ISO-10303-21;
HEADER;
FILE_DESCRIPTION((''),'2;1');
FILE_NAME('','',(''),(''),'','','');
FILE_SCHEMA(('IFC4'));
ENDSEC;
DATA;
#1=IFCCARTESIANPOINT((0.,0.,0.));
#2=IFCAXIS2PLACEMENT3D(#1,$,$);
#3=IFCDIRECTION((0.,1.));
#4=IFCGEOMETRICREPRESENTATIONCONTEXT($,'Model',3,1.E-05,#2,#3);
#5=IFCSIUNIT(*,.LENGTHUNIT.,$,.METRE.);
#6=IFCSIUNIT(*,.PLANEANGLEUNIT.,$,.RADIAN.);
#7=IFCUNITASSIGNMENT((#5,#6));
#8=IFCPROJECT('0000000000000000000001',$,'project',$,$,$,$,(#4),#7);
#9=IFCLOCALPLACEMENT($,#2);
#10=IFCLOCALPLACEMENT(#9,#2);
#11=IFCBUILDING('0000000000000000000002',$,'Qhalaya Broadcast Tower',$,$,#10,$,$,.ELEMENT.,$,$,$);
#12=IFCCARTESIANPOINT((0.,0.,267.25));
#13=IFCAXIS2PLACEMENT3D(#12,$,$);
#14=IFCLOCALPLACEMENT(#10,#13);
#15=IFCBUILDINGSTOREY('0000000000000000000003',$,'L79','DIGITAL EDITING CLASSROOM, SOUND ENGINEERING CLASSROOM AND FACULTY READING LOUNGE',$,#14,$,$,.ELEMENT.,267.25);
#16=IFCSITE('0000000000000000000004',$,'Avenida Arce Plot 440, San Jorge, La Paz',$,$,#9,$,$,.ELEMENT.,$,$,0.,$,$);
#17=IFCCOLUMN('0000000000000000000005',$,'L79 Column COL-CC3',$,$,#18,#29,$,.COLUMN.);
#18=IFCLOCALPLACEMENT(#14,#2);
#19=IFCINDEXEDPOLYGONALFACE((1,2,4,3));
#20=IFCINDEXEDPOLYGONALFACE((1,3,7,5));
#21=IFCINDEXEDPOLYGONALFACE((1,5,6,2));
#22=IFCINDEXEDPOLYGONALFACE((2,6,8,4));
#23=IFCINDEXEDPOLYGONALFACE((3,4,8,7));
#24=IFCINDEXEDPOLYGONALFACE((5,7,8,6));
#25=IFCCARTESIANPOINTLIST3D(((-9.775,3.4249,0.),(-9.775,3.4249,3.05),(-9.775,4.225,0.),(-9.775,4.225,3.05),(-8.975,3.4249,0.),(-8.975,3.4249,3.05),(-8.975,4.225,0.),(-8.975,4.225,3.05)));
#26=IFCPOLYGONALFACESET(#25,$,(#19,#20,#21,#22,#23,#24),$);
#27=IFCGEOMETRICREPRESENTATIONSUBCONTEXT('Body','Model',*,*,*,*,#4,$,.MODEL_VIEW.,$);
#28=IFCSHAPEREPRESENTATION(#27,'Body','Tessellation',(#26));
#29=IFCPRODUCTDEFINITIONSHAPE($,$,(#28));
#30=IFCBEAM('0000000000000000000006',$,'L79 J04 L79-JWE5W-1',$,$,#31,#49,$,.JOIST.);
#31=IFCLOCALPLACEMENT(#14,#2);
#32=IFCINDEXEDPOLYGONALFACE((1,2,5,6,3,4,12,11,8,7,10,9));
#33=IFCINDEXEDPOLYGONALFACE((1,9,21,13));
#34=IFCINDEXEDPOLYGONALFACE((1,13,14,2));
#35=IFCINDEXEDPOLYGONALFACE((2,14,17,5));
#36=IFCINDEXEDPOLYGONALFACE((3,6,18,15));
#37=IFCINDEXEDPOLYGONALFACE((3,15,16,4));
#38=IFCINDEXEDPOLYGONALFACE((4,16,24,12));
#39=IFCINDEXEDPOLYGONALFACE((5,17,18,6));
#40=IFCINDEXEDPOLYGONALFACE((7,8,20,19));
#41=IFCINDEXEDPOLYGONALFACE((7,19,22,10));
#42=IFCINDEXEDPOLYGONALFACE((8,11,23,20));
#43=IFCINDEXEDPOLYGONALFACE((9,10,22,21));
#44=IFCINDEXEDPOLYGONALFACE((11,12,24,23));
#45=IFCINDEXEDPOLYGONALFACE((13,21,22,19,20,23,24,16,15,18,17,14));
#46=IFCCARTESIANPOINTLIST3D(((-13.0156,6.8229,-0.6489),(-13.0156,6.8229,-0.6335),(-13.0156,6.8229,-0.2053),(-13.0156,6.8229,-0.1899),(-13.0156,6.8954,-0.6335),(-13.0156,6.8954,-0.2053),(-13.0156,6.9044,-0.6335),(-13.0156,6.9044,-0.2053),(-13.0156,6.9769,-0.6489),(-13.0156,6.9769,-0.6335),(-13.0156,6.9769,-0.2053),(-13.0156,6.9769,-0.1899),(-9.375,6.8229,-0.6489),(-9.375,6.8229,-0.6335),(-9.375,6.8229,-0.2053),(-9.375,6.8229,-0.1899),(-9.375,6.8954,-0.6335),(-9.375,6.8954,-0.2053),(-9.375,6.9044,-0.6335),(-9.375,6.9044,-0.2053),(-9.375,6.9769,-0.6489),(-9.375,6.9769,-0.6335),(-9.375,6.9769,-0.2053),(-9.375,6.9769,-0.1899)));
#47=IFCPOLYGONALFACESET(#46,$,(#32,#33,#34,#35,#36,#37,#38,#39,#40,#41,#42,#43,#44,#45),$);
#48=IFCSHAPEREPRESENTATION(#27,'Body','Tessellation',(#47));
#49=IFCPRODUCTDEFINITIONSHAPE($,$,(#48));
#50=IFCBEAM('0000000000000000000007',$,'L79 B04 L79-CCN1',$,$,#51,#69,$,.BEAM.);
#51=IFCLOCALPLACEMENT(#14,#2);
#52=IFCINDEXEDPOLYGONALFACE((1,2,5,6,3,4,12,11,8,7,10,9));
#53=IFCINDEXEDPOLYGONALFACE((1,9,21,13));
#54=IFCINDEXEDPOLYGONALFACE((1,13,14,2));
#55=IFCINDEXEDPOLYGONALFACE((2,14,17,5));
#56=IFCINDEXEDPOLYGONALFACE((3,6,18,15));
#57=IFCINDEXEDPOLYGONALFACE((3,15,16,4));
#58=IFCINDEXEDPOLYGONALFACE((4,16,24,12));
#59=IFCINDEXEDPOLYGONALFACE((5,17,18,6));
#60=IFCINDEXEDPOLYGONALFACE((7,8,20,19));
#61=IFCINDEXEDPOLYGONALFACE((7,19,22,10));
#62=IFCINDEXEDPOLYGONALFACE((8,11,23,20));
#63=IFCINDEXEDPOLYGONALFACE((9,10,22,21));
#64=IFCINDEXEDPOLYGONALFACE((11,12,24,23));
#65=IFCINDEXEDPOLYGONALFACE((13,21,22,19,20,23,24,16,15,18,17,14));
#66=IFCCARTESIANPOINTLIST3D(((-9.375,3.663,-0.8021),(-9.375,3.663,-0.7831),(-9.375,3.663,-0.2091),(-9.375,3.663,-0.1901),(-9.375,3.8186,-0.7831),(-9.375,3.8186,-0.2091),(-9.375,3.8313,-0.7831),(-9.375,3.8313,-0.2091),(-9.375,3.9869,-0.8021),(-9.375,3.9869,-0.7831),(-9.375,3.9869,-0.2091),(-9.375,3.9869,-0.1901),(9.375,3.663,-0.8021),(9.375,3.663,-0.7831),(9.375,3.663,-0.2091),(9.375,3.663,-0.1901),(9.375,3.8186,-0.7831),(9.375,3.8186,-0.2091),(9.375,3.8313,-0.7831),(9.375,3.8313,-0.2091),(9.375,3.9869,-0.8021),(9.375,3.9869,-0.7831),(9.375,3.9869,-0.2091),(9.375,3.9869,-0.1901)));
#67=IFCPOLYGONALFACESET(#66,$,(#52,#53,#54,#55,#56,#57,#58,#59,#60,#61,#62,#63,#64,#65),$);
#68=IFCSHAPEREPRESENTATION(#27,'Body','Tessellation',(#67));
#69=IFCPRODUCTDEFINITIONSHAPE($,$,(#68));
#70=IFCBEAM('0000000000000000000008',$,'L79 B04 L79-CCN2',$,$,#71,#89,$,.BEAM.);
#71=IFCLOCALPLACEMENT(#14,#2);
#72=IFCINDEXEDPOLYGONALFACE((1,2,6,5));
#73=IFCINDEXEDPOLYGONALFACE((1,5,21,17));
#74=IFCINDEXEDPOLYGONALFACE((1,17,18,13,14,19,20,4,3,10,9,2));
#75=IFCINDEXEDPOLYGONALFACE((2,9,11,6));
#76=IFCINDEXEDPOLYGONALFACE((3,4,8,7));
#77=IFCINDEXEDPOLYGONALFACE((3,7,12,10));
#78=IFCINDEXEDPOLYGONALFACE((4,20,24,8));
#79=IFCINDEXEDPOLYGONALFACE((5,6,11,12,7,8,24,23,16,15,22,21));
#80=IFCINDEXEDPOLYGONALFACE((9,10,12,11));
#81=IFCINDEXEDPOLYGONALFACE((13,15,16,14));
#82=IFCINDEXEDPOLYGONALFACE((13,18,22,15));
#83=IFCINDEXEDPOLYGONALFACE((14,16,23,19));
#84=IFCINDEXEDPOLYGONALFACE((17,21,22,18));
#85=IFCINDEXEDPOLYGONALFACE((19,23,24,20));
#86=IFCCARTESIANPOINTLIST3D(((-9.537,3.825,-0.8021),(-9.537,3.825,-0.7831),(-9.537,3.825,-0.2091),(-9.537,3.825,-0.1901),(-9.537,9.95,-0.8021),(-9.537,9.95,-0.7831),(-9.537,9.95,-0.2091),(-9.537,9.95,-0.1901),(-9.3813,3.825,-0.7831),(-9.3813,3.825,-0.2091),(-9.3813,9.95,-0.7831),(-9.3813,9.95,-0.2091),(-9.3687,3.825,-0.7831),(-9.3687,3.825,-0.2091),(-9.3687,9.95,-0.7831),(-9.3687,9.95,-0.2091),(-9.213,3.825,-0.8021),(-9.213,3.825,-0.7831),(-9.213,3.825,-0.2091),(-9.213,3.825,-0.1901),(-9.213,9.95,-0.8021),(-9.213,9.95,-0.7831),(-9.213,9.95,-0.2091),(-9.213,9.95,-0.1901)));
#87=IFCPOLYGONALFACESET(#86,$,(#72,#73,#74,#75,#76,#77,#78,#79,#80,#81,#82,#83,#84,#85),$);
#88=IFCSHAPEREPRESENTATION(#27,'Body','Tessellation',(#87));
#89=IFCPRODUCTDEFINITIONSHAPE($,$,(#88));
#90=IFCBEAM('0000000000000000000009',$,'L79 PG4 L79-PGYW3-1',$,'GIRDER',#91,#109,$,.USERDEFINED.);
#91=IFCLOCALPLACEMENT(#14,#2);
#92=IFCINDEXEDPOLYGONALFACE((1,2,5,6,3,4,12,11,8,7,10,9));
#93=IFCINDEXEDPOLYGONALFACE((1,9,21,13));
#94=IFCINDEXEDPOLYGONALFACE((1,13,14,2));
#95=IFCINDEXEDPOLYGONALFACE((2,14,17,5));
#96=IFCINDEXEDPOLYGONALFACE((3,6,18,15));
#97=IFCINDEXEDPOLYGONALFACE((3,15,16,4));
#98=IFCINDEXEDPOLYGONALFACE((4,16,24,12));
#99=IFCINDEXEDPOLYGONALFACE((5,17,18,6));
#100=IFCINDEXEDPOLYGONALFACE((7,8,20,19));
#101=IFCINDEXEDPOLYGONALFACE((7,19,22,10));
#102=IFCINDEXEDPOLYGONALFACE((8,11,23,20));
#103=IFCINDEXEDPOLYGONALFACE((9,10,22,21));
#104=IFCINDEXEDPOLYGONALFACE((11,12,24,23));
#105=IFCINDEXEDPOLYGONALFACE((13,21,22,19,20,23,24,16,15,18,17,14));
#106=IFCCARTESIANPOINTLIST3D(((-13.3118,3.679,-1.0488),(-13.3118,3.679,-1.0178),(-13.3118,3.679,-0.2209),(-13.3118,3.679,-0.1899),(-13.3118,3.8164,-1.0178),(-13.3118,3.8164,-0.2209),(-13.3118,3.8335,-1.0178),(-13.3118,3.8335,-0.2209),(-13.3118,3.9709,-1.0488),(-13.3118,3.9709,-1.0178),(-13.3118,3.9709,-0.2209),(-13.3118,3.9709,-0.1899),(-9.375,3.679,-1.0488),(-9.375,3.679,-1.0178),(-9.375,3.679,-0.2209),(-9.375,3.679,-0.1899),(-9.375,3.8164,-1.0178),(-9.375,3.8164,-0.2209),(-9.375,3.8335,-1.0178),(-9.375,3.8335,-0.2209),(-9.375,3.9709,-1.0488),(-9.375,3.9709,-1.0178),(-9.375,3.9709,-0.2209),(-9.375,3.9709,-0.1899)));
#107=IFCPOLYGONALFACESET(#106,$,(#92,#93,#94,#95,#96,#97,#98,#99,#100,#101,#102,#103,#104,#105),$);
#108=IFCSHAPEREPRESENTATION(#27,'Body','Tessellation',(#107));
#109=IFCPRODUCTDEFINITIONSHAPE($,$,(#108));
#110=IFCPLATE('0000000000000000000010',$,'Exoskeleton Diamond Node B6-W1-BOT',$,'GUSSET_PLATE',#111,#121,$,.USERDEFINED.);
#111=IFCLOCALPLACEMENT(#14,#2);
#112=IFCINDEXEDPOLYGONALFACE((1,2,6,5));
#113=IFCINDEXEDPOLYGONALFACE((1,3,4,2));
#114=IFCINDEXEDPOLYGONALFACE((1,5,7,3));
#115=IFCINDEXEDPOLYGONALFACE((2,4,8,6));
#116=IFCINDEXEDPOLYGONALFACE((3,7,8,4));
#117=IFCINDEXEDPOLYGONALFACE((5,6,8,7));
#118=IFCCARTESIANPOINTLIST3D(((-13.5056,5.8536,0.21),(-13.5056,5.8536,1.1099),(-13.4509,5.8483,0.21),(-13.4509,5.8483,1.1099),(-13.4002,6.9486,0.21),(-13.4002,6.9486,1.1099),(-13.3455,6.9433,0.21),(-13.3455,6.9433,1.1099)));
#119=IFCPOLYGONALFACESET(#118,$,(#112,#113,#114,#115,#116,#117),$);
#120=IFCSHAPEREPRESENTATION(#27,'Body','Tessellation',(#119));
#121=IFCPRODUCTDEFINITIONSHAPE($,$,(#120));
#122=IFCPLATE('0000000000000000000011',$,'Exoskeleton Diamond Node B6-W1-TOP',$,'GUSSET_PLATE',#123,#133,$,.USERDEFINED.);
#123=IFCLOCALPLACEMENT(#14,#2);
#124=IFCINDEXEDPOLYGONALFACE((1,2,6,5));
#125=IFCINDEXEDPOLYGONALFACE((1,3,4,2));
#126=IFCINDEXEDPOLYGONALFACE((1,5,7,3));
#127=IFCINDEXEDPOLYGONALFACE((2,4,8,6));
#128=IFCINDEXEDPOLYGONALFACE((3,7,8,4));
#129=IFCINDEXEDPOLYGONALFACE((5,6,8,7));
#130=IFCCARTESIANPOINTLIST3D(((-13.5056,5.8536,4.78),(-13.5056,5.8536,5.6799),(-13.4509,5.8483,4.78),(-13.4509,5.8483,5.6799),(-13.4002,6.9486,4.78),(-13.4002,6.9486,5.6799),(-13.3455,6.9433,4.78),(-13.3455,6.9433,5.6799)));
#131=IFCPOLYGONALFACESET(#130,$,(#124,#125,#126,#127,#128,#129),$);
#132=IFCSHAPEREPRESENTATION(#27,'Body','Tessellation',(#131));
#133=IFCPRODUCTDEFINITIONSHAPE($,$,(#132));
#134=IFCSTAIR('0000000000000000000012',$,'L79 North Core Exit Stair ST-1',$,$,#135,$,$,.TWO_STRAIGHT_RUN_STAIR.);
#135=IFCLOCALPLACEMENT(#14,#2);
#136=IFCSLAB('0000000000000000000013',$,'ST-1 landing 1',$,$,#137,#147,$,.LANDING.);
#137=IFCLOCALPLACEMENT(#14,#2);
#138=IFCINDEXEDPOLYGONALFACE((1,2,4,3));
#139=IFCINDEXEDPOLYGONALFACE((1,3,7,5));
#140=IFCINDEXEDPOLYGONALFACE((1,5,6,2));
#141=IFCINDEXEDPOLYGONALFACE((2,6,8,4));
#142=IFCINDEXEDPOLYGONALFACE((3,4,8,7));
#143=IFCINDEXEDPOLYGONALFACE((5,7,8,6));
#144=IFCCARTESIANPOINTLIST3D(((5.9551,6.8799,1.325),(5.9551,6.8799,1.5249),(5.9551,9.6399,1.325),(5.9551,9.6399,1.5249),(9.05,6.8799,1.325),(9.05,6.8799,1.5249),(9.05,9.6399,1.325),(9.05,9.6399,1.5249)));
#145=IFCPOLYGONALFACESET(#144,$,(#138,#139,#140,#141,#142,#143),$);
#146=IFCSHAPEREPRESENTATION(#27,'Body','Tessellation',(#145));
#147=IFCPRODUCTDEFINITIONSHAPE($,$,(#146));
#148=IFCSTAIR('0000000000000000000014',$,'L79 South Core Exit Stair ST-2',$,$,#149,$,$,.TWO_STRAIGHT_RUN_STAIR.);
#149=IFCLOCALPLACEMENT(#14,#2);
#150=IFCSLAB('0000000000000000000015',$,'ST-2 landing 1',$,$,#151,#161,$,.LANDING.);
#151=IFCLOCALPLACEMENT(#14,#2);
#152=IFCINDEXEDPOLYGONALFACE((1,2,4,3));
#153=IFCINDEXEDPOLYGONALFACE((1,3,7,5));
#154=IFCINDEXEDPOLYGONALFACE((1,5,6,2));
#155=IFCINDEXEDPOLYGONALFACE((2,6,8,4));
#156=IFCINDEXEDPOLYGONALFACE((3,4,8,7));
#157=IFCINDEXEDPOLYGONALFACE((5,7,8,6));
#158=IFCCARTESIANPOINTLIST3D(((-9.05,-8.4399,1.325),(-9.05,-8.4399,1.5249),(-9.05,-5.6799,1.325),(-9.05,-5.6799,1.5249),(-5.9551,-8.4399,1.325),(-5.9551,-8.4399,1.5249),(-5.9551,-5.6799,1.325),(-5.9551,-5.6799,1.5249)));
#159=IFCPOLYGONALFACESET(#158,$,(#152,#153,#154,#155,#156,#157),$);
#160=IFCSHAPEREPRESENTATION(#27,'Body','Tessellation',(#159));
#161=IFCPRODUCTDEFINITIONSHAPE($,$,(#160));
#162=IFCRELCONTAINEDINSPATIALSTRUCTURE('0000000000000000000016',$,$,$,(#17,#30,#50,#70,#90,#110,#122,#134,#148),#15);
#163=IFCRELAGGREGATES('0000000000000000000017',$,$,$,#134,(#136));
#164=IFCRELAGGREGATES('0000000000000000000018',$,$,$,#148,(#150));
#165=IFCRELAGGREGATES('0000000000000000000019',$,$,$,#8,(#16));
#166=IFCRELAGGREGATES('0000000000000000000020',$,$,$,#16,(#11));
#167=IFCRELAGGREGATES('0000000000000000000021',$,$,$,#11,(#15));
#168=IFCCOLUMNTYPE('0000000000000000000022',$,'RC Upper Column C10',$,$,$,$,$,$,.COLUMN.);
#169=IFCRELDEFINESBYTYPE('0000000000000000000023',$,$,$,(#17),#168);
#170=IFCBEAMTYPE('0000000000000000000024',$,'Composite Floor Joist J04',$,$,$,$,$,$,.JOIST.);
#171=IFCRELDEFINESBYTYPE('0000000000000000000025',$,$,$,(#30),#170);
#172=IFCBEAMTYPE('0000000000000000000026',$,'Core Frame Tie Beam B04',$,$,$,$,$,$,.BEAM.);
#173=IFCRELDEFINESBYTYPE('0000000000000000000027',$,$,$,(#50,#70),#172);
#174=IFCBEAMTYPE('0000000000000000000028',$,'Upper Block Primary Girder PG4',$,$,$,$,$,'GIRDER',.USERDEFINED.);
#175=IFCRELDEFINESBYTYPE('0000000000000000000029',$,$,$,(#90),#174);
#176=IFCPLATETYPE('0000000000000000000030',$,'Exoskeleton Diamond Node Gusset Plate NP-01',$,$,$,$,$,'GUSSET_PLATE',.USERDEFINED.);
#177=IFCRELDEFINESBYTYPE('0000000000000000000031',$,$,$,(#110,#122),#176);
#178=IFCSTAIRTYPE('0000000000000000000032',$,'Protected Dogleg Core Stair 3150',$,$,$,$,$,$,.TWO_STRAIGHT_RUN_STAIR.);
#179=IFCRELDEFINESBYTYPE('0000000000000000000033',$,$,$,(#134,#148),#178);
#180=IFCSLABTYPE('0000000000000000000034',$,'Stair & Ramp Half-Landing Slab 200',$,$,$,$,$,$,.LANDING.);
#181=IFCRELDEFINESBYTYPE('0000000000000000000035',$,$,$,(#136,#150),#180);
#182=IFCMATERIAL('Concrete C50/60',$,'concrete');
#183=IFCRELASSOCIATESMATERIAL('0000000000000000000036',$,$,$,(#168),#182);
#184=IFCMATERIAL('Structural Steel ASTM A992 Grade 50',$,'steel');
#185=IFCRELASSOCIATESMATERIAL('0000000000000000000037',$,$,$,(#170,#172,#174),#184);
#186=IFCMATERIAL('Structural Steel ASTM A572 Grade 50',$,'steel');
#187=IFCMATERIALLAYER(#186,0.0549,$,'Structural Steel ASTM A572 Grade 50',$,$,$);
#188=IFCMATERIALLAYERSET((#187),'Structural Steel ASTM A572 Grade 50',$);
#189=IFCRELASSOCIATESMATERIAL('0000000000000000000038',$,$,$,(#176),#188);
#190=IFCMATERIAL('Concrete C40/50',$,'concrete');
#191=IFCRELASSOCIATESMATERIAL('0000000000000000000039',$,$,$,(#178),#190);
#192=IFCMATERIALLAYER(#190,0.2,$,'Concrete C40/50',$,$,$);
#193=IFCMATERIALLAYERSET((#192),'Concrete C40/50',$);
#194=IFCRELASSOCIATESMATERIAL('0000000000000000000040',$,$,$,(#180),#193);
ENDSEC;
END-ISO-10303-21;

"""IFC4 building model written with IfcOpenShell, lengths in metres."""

from ifc_helpers import new_model, si_unit, direction, frame, origin, origin_2d, place, context, subcontext, project, spatial, polyline, rectangle, i_section, outline, extrude, material, layer, layer_set, material_profile, profile_set, type_object, element, aggregate, save


model = new_model("IFC4")

# Units and contexts
model_context = context("Model", 3, precision=1e-05, world=origin(), true_north=direction((0.0, 1.0)))
body_context = subcontext(model_context, "Body", "Model", "MODEL_VIEW")
ifc_project = project(units=[si_unit("LENGTHUNIT", "METRE"), si_unit("PLANEANGLEUNIT", "RADIAN")], contexts=[model_context])

# Site, building, storey
site_placement = place(None, origin())
site = spatial("IfcSite", under=ifc_project, at=site_placement, Name="Avenida Arce Plot 440, San Jorge, La Paz", CompositionType="ELEMENT", RefElevation=0.0)
building_placement = place(site_placement, origin())
building = spatial("IfcBuilding", under=site, at=building_placement, Name="Qhalaya Broadcast Tower", CompositionType="ELEMENT")
storey_placement = place(building_placement, frame((0.0, 0.0, 267.25)))
storey = spatial("IfcBuildingStorey", under=building, at=storey_placement, Name="L79", Description="DIGITAL EDITING CLASSROOM, SOUND ENGINEERING CLASSROOM AND FACULTY READING LOUNGE", CompositionType="ELEMENT", Elevation=267.25)

# Column
ifc_material_1 = material(Name="Concrete C50/60", Category="concrete")
ifc_material_profile_1 = material_profile(ifc_material_1, rectangle(XDim=0.8, YDim=0.8, at=origin_2d()), Name="RC-COL 800x800")
ifc_profile_set_1 = profile_set([ifc_material_profile_1], Name="Concrete C50/60")
column_type = type_object("IfcColumnType", Name="RC Upper Column C10", PredefinedType="COLUMN", material=ifc_profile_set_1)
column_placement = place(storey_placement, frame((-9.375, 3.825, 0.0), z_axis=(0.0, 0.0, 1.0), x_axis=(1.0, 0.0, 0.0)))
element("IfcColumn", 1, at=column_placement, inside=storey, type_object=column_type, Name="L79 Column COL-CC3", PredefinedType="COLUMN", context=body_context, shape_type="SweptSolid", body=[
    extrude(rectangle(XDim=0.8, YDim=0.8, at=origin_2d()), origin(), (0.0, 0.0, 1.0), 3.05),
])

# Beams
ifc_material_2 = material(Name="Structural Steel ASTM A992 Grade 50", Category="steel")
ifc_material_profile_2 = material_profile(ifc_material_2, i_section(OverallWidth=0.1541, OverallDepth=0.459, WebThickness=0.009, FlangeThickness=0.0154, at=origin_2d()), Name="W18X46")
ifc_profile_set_2 = profile_set([ifc_material_profile_2], Name="Structural Steel ASTM A992 Grade 50")
beam_type_1 = type_object("IfcBeamType", Name="Composite Floor Joist J04", PredefinedType="JOIST", material=ifc_profile_set_2)
beam_1_placement = place(storey_placement, frame((-13.0156, 6.8999, -0.4194), z_axis=(1.0, 0.0, 0.0), x_axis=(0.0, 1.0, 0.0)))
element("IfcBeam", 2, at=beam_1_placement, inside=storey, type_object=beam_type_1, Name="L79 J04 L79-JWE5W-1", PredefinedType="JOIST", context=body_context, shape_type="SweptSolid", body=[
    extrude(i_section(OverallWidth=0.1541, OverallDepth=0.459, WebThickness=0.009, FlangeThickness=0.0154, at=origin_2d()), origin(), (0.0, 0.0, 1.0), 3.6406),
])
ifc_material_profile_3 = material_profile(ifc_material_2, i_section(OverallWidth=0.324, OverallDepth=0.6121, WebThickness=0.0127, FlangeThickness=0.019, at=origin_2d()), Name="W24X104")
ifc_profile_set_3 = profile_set([ifc_material_profile_3], Name="Structural Steel ASTM A992 Grade 50")
beam_type_2 = type_object("IfcBeamType", Name="Core Frame Tie Beam B04", PredefinedType="BEAM", material=ifc_profile_set_3)
beam_2_placement = place(storey_placement, frame((-9.375, 3.825, -0.4961), z_axis=(1.0, 0.0, 0.0), x_axis=(0.0, 1.0, 0.0)))
element("IfcBeam", 3, at=beam_2_placement, inside=storey, type_object=beam_type_2, Name="L79 B04 L79-CCN1", PredefinedType="BEAM", context=body_context, shape_type="SweptSolid", body=[
    extrude(i_section(OverallWidth=0.324, OverallDepth=0.6121, WebThickness=0.0127, FlangeThickness=0.019, at=origin_2d()), origin(), (0.0, 0.0, 1.0), 18.75),
])
beam_3_placement = place(storey_placement, frame((-9.375, 3.825, -0.4961), z_axis=(0.0, 1.0, 0.0), x_axis=(-1.0, 0.0, 0.0)))
element("IfcBeam", 4, at=beam_3_placement, inside=storey, type_object=beam_type_2, Name="L79 B04 L79-CCN2", PredefinedType="BEAM", context=body_context, shape_type="SweptSolid", body=[
    extrude(i_section(OverallWidth=0.324, OverallDepth=0.6121, WebThickness=0.0127, FlangeThickness=0.019, at=origin_2d()), origin(), (0.0, 0.0, 1.0), 6.125),
])
ifc_material_profile_4 = material_profile(ifc_material_2, i_section(OverallWidth=0.292, OverallDepth=0.8589, WebThickness=0.0171, FlangeThickness=0.031, at=origin_2d()), Name="W33X169")
ifc_profile_set_4 = profile_set([ifc_material_profile_4], Name="Structural Steel ASTM A992 Grade 50")
beam_type_3 = type_object("IfcBeamType", Name="Upper Block Primary Girder PG4", ElementType="GIRDER", PredefinedType="USERDEFINED", material=ifc_profile_set_4)
beam_4_placement = place(storey_placement, frame((-13.3118, 3.825, -0.6194), z_axis=(1.0, 0.0, 0.0), x_axis=(0.0, 1.0, 0.0)))
element("IfcBeam", 5, at=beam_4_placement, inside=storey, type_object=beam_type_3, Name="L79 PG4 L79-PGYW3-1", ObjectType="GIRDER", PredefinedType="USERDEFINED", context=body_context, shape_type="SweptSolid", body=[
    extrude(i_section(OverallWidth=0.292, OverallDepth=0.8589, WebThickness=0.0171, FlangeThickness=0.031, at=origin_2d()), origin(), (0.0, 0.0, 1.0), 3.9368),
])

# Plates
ifc_material_3 = material(Name="Structural Steel ASTM A572 Grade 50", Category="steel")
ifc_layer_1 = layer(ifc_material_3, 0.0549, Name="Structural Steel ASTM A572 Grade 50")
ifc_layer_set_1 = layer_set([ifc_layer_1], Name="Structural Steel ASTM A572 Grade 50")
plate_type = type_object("IfcPlateType", Name="Exoskeleton Diamond Node Gusset Plate NP-01", ElementType="GUSSET_PLATE", PredefinedType="USERDEFINED", material=ifc_layer_set_1)
for number, where, z_axis, x_axis, name in (
    (6, (-13.4255, 6.3984, 0.21), (0.0, 0.0, 1.0), (0.095846, 0.995396, 0.0), "Exoskeleton Diamond Node B6-W1-BOT"),
    (7, (-13.4255, 6.3984, 4.78), (0.0, 0.0, 1.0), (0.095846, 0.995396, 0.0), "Exoskeleton Diamond Node B6-W1-TOP"),
):
    element("IfcPlate", number, at=place(storey_placement, frame(where, z_axis=z_axis, x_axis=x_axis)), inside=storey, type_object=plate_type, Name=name, ObjectType="GUSSET_PLATE", PredefinedType="USERDEFINED", context=body_context, shape_type="SweptSolid", body=[
        extrude(rectangle(XDim=1.1001, YDim=0.0549, at=origin_2d()), origin(), (0.0, 0.0, 1.0), 0.8999),
    ])

# Stairs, slabs
ifc_material_4 = material(Name="Concrete C40/50", Category="concrete")
stair_type = type_object("IfcStairType", Name="Protected Dogleg Core Stair 3150", PredefinedType="TWO_STRAIGHT_RUN_STAIR", material=ifc_material_4)
stair_1_placement = place(storey_placement, origin())
stair_1 = element("IfcStair", 8, at=stair_1_placement, inside=storey, type_object=stair_type, Name="L79 North Core Exit Stair ST-1", PredefinedType="TWO_STRAIGHT_RUN_STAIR")
ifc_layer_2 = layer(ifc_material_4, 0.2, Name="Concrete C40/50")
ifc_layer_set_2 = layer_set([ifc_layer_2], Name="Concrete C40/50")
slab_type_1 = type_object("IfcSlabType", Name="Stair & Ramp Half-Landing Slab 200", PredefinedType="LANDING", material=ifc_layer_set_2)
slab_1_placement = place(storey_placement, frame((0.0, 0.0, 1.325)))
slab_1 = element("IfcSlab", 9, at=slab_1_placement, type_object=slab_type_1, Name="ST-1 landing 1", PredefinedType="LANDING", context=body_context, shape_type="SweptSolid", body=[
    extrude(outline(polyline([(5.9551, 6.8799), (9.05, 6.8799), (9.05, 9.6399), (5.9551, 9.6399), (5.9551, 6.8799)])), origin(), (0.0, 0.0, 1.0), 0.2),
])
aggregate(stair_1, [slab_1])
stair_2_placement = place(storey_placement, origin())
stair_2 = element("IfcStair", 10, at=stair_2_placement, inside=storey, type_object=stair_type, Name="L79 South Core Exit Stair ST-2", PredefinedType="TWO_STRAIGHT_RUN_STAIR")
slab_2_placement = place(storey_placement, frame((0.0, 0.0, 1.325)))
slab_2 = element("IfcSlab", 11, at=slab_2_placement, type_object=slab_type_1, Name="ST-2 landing 1", PredefinedType="LANDING", context=body_context, shape_type="SweptSolid", body=[
    extrude(outline(polyline([(-5.9551, -5.6799), (-9.05, -5.6799), (-9.05, -8.4399), (-5.9551, -8.4399), (-5.9551, -5.6799)])), origin(), (0.0, 0.0, 1.0), 0.2),
])
aggregate(stair_2, [slab_2])

save(model, "model.ifc")
